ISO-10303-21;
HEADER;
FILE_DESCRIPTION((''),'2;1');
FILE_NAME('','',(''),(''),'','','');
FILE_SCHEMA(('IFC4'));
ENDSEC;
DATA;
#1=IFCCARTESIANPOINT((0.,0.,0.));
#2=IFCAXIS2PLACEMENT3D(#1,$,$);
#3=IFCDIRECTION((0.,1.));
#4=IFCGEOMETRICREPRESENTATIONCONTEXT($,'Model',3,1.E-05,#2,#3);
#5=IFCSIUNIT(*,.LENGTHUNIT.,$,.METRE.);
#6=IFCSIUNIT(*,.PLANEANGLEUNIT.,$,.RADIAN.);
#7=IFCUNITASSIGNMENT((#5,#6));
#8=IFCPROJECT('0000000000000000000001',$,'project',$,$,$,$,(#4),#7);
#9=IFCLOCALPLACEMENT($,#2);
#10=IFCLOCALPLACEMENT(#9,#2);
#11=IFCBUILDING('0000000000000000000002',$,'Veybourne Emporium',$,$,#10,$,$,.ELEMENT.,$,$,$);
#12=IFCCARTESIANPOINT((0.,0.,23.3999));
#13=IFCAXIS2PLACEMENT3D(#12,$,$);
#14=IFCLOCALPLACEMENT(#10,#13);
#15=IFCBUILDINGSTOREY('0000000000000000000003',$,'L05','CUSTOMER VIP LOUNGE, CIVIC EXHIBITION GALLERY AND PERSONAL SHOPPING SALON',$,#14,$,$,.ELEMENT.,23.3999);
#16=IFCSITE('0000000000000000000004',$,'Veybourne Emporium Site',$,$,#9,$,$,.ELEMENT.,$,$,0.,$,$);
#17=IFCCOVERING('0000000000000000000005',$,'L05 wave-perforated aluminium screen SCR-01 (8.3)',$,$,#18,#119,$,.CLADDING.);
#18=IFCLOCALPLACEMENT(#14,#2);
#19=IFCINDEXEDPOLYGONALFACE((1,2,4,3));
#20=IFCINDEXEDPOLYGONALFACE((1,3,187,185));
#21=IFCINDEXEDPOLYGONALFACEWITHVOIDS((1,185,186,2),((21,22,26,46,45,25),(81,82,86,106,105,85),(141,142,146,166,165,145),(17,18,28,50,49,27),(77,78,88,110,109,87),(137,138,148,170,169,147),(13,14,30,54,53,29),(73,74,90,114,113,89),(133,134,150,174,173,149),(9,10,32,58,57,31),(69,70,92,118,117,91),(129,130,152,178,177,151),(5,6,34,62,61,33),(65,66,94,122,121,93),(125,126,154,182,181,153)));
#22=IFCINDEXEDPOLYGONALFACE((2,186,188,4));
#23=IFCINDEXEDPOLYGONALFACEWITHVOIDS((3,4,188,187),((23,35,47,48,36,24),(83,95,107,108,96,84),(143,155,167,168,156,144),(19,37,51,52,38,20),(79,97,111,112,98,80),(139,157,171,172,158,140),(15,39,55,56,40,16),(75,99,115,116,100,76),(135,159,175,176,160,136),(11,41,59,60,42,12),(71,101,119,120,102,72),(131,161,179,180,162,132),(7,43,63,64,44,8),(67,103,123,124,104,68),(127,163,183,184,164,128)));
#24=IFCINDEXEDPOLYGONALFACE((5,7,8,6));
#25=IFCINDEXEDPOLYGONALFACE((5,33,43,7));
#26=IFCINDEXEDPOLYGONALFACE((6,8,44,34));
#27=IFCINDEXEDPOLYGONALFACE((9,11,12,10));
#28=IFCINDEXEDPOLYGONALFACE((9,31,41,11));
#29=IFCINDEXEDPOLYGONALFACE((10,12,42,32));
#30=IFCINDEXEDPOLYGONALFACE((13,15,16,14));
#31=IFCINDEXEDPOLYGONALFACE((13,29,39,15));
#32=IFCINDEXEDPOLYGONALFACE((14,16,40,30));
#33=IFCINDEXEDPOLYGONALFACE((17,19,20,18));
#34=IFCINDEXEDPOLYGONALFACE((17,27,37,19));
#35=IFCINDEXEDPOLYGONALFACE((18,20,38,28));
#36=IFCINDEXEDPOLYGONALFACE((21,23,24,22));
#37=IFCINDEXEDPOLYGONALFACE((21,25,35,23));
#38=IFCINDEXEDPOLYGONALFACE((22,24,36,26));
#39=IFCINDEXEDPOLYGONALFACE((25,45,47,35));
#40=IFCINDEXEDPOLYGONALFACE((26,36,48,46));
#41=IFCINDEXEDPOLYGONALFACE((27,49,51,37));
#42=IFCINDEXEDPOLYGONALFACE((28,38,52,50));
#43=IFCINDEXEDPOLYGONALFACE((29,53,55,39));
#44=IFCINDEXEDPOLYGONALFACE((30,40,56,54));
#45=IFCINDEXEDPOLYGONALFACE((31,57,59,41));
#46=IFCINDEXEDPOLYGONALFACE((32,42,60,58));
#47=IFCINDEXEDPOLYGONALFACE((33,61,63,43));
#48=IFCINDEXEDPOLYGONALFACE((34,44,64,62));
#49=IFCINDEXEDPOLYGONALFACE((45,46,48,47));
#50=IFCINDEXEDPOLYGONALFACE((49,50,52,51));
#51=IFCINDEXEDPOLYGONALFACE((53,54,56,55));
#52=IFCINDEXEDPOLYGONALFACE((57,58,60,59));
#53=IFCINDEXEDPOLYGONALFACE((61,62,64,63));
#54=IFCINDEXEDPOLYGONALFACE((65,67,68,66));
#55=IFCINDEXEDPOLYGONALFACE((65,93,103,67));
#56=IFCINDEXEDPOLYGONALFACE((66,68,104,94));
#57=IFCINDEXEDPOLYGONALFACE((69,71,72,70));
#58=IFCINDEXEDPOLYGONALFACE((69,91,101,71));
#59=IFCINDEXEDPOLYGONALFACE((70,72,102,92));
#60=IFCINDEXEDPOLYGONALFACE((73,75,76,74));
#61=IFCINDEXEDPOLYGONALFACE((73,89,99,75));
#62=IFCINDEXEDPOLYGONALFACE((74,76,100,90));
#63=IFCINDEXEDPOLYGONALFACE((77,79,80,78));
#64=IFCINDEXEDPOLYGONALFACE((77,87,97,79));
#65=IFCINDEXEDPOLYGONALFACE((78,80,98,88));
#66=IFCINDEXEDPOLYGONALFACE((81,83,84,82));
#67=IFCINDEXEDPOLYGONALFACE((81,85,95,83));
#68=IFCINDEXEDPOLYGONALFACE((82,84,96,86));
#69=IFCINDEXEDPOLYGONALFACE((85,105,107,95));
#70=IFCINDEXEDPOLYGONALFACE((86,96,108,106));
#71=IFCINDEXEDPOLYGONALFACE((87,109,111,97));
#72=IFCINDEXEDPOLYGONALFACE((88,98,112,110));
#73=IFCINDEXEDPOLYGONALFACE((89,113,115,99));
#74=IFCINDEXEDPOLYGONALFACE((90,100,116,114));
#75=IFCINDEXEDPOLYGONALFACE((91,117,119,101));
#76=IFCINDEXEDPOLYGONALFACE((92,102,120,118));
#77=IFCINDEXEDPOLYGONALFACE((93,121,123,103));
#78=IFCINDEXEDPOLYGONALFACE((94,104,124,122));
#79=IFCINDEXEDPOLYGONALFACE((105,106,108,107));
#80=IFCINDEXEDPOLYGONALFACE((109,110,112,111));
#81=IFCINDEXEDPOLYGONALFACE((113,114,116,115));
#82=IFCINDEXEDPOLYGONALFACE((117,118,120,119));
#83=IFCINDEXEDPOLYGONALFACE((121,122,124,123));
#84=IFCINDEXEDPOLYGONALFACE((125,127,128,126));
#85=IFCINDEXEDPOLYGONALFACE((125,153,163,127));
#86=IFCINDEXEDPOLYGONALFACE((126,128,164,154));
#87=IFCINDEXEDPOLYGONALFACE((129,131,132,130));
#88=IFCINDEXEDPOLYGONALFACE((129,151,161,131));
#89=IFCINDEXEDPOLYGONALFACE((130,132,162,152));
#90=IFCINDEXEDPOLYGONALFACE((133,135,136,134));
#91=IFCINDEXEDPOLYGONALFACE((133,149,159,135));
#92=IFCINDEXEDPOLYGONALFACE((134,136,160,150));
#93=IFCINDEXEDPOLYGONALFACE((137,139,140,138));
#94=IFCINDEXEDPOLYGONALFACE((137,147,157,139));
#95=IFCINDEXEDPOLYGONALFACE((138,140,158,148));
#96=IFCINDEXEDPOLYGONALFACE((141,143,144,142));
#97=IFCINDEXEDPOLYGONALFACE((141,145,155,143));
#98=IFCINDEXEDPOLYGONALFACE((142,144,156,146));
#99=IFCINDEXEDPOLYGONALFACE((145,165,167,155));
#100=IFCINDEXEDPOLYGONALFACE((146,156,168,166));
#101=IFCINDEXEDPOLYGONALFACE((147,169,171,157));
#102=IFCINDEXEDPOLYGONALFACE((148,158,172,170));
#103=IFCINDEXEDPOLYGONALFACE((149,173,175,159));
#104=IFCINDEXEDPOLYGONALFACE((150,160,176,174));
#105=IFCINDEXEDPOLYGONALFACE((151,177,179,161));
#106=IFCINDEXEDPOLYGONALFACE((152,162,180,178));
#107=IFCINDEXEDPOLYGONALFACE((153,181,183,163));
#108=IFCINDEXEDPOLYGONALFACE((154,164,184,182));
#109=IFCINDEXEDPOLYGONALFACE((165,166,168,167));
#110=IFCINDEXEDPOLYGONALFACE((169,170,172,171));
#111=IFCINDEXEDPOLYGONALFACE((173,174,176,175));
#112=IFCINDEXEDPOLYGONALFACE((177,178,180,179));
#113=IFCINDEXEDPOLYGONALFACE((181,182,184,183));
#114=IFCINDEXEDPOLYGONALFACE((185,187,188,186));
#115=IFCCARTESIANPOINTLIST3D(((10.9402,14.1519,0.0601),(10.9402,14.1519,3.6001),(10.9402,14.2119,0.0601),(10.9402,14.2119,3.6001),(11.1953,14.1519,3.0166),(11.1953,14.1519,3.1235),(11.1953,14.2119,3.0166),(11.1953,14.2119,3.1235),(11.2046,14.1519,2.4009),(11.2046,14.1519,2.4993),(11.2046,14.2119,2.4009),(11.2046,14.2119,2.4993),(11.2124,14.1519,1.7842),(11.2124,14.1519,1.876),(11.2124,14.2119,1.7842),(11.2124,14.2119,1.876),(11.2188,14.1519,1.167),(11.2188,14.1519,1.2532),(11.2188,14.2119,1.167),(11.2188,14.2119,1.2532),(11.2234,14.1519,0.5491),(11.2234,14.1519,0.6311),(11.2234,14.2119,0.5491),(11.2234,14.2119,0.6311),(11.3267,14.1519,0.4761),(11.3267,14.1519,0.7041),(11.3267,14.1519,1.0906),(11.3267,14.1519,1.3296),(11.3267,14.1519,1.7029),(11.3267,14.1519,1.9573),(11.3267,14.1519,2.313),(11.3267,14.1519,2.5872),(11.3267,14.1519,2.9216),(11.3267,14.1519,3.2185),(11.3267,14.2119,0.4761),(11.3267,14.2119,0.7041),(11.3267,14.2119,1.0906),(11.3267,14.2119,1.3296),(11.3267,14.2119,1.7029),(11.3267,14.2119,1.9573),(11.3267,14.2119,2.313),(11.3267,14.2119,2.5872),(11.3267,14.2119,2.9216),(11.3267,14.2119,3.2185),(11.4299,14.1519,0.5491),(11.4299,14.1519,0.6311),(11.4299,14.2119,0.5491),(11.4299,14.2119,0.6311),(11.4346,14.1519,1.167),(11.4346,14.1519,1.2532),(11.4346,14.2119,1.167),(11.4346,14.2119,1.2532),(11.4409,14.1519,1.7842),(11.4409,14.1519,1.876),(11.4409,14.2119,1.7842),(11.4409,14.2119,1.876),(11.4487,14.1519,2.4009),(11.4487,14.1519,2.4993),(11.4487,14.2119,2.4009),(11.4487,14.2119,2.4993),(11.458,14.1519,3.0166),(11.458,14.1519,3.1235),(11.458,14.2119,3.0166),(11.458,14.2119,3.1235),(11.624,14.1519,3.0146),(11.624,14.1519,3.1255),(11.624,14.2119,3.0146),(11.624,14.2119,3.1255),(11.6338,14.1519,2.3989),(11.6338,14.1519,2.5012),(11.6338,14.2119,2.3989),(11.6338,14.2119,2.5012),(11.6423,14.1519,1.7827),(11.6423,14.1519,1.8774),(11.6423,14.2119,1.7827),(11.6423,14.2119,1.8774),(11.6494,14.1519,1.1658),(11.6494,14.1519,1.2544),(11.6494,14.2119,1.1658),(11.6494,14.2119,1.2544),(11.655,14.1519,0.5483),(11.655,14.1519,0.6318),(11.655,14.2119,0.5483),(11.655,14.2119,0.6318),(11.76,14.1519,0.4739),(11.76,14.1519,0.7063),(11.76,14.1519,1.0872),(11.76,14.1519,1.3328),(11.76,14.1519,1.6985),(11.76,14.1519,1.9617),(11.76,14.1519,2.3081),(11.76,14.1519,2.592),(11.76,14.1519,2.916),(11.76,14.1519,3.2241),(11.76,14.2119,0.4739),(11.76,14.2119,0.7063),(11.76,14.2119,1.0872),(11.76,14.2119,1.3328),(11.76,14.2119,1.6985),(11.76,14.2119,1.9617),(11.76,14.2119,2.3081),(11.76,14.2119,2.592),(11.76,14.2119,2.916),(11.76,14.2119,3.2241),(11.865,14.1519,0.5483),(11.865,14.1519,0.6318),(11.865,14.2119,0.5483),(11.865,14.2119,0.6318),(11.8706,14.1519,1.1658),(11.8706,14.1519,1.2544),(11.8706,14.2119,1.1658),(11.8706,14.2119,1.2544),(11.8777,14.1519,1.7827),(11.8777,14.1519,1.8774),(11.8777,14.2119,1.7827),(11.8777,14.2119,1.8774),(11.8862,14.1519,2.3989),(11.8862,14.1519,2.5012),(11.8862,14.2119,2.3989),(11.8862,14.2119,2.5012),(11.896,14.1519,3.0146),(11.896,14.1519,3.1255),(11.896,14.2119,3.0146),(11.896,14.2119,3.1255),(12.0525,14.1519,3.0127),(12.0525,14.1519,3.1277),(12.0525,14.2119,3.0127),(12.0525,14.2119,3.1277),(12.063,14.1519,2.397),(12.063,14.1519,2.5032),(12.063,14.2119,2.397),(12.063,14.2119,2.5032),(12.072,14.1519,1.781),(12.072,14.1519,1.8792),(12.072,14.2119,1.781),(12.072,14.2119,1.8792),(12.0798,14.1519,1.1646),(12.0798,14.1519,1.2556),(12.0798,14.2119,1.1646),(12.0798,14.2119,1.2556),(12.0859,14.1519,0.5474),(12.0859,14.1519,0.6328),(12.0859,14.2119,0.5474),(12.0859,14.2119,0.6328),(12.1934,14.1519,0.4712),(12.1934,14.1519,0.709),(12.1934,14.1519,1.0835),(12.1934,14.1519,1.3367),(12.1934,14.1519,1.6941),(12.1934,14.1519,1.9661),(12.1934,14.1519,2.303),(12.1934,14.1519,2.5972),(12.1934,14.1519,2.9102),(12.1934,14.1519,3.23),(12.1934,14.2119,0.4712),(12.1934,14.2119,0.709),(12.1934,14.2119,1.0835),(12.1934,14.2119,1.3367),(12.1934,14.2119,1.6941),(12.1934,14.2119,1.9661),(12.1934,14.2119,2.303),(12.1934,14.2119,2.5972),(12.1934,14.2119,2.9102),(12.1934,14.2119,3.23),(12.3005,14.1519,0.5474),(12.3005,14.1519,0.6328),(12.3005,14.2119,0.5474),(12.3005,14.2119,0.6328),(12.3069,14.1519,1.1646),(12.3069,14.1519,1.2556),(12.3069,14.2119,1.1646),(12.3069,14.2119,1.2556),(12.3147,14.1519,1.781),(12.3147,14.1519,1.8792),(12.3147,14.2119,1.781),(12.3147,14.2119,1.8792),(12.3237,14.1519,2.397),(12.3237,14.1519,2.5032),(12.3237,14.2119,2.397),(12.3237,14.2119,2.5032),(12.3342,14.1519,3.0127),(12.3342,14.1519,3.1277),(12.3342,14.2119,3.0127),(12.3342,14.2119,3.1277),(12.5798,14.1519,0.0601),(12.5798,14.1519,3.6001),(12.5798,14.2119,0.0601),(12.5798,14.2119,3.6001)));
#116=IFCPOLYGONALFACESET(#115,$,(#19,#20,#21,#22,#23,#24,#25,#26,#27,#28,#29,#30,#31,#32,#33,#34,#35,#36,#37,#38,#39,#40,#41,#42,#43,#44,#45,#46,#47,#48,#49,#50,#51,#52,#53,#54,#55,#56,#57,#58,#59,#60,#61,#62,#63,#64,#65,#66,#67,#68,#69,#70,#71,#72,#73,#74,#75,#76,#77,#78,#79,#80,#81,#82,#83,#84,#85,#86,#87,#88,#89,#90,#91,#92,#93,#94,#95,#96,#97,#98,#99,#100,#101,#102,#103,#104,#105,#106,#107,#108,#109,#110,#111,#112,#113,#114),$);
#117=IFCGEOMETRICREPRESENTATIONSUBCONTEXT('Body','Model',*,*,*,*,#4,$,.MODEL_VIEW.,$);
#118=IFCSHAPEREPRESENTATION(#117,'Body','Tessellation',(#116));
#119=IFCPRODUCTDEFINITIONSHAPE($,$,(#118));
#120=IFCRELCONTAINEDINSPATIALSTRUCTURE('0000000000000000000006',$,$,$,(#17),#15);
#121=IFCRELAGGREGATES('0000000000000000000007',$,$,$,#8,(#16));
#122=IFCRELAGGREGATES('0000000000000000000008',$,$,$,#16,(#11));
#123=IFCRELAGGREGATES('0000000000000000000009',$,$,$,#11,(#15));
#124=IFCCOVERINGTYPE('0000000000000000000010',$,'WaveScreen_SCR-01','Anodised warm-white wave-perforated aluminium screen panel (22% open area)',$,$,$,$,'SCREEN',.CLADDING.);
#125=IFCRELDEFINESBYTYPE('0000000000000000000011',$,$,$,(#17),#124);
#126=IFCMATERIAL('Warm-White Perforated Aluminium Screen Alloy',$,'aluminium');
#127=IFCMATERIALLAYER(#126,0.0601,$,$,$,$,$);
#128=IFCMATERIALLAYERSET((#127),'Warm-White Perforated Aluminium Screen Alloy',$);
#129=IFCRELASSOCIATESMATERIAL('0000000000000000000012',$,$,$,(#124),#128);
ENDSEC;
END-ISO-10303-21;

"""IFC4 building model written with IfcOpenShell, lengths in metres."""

from ifc_helpers import new_model, si_unit, direction, frame, origin, place, context, subcontext, project, spatial, polyline, outline, extrude, material, layer, layer_set, type_object, element, save


model = new_model("IFC4")

# Units and contexts
model_context = context("Model", 3, precision=1e-05, world=origin(), true_north=direction((0.0, 1.0)))
body_context = subcontext(model_context, "Body", "Model", "MODEL_VIEW")
ifc_project = project(units=[si_unit("LENGTHUNIT", "METRE"), si_unit("PLANEANGLEUNIT", "RADIAN")], contexts=[model_context])

# Site, building, storey
site_placement = place(None, origin())
site = spatial("IfcSite", under=ifc_project, at=site_placement, Name="Veybourne Emporium Site", CompositionType="ELEMENT", RefElevation=0.0)
building_placement = place(site_placement, origin())
building = spatial("IfcBuilding", under=site, at=building_placement, Name="Veybourne Emporium", CompositionType="ELEMENT")
storey_placement = place(building_placement, frame((0.0, 0.0, 23.3999)))
storey = spatial("IfcBuildingStorey", under=building, at=storey_placement, Name="L05", Description="CUSTOMER VIP LOUNGE, CIVIC EXHIBITION GALLERY AND PERSONAL SHOPPING SALON", CompositionType="ELEMENT", Elevation=23.3999)

# Covering
ifc_material_1 = material(Name="Warm-White Perforated Aluminium Screen Alloy", Category="aluminium")
ifc_layer_1 = layer(ifc_material_1, 0.0601)
ifc_layer_set_1 = layer_set([ifc_layer_1], Name="Warm-White Perforated Aluminium Screen Alloy")
covering_type_1 = type_object("IfcCoveringType", Name="WaveScreen_SCR-01", Description="Anodised warm-white wave-perforated aluminium screen panel (22% open area)", ElementType="SCREEN", PredefinedType="CLADDING", material=ifc_layer_set_1)
covering_1_placement = place(storey_placement, frame((11.76, 14.1519, 1.8301), z_axis=(0.0, 1.0, 0.0), x_axis=(-1.0, 0.0, 0.0)))
element("IfcCovering", 1, at=covering_1_placement, inside=storey, type_object=covering_type_1, Name="L05 wave-perforated aluminium screen SCR-01 (8.3)", PredefinedType="CLADDING", context=body_context, shape_type="SweptSolid", body=[
    extrude(outline(polyline([(-0.8198, -1.77), (0.8198, -1.77), (0.8198, 1.77), (-0.8198, 1.77), (-0.8198, -1.77)]), holes=[polyline([(-0.4333, -1.1211), (-0.3259, -1.1973), (-0.3259, -1.2827), (-0.4333, -1.3589), (-0.5405, -1.2827), (-0.5405, -1.1973), (-0.4333, -1.1211)]), polyline([(-0.4333, -0.4934), (-0.3198, -0.5745), (-0.3198, -0.6655), (-0.4333, -0.7466), (-0.5469, -0.6655), (-0.5469, -0.5745), (-0.4333, -0.4934)]), polyline([(-0.4333, 0.136), (-0.312, 0.0491), (-0.312, -0.0491), (-0.4333, -0.136), (-0.5547, -0.0491), (-0.5547, 0.0491), (-0.4333, 0.136)]), polyline([(-0.4333, 0.7671), (-0.303, 0.6731), (-0.303, 0.5669), (-0.4333, 0.4729), (-0.5637, 0.5669), (-0.5637, 0.6731), (-0.4333, 0.7671)]), polyline([(-0.4333, 1.3999), (-0.2925, 1.2976), (-0.2925, 1.1826), (-0.4333, 1.0801), (-0.5742, 1.1826), (-0.5742, 1.2976), (-0.4333, 1.3999)]), polyline([(0.0, -1.1238), (0.105, -1.1982), (0.105, -1.2817), (0.0, -1.3562), (-0.105, -1.2817), (-0.105, -1.1982), (0.0, -1.1238)]), polyline([(0.0, -0.4973), (0.1106, -0.5757), (0.1106, -0.6643), (0.0, -0.7429), (-0.1106, -0.6643), (-0.1106, -0.5757), (0.0, -0.4973)]), polyline([(0.0, 0.1316), (0.1177, 0.0474), (0.1177, -0.0474), (0.0, -0.1316), (-0.1177, -0.0474), (-0.1177, 0.0474), (0.0, 0.1316)]), polyline([(0.0, 0.762), (0.1262, 0.6711), (0.1262, 0.5688), (0.0, 0.478), (-0.1262, 0.5688), (-0.1262, 0.6711), (0.0, 0.762)]), polyline([(0.0, 1.394), (0.136, 1.2954), (0.136, 1.1846), (0.0, 1.0859), (-0.136, 1.1846), (-0.136, 1.2954), (0.0, 1.394)]), polyline([(0.4333, -1.126), (0.5366, -1.199), (0.5366, -1.281), (0.4333, -1.354), (0.3301, -1.281), (0.3301, -1.199), (0.4333, -1.126)]), polyline([(0.4333, -0.5005), (0.5413, -0.5769), (0.5413, -0.6631), (0.4333, -0.7395), (0.3254, -0.6631), (0.3254, -0.5769), (0.4333, -0.5005)]), polyline([(0.4333, 0.1272), (0.5476, 0.0459), (0.5476, -0.0459), (0.4333, -0.1272), (0.3191, -0.0459), (0.3191, 0.0459), (0.4333, 0.1272)]), polyline([(0.4333, 0.7571), (0.5554, 0.6692), (0.5554, 0.5708), (0.4333, 0.4829), (0.3113, 0.5708), (0.3113, 0.6692), (0.4333, 0.7571)]), polyline([(0.4333, 1.3884), (0.5647, 1.2935), (0.5647, 1.1865), (0.4333, 1.0916), (0.302, 1.1865), (0.302, 1.2935), (0.4333, 1.3884)])]), origin(), (0.0, 0.0, 1.0), 0.0601),
])

save(model, "model.ifc")
